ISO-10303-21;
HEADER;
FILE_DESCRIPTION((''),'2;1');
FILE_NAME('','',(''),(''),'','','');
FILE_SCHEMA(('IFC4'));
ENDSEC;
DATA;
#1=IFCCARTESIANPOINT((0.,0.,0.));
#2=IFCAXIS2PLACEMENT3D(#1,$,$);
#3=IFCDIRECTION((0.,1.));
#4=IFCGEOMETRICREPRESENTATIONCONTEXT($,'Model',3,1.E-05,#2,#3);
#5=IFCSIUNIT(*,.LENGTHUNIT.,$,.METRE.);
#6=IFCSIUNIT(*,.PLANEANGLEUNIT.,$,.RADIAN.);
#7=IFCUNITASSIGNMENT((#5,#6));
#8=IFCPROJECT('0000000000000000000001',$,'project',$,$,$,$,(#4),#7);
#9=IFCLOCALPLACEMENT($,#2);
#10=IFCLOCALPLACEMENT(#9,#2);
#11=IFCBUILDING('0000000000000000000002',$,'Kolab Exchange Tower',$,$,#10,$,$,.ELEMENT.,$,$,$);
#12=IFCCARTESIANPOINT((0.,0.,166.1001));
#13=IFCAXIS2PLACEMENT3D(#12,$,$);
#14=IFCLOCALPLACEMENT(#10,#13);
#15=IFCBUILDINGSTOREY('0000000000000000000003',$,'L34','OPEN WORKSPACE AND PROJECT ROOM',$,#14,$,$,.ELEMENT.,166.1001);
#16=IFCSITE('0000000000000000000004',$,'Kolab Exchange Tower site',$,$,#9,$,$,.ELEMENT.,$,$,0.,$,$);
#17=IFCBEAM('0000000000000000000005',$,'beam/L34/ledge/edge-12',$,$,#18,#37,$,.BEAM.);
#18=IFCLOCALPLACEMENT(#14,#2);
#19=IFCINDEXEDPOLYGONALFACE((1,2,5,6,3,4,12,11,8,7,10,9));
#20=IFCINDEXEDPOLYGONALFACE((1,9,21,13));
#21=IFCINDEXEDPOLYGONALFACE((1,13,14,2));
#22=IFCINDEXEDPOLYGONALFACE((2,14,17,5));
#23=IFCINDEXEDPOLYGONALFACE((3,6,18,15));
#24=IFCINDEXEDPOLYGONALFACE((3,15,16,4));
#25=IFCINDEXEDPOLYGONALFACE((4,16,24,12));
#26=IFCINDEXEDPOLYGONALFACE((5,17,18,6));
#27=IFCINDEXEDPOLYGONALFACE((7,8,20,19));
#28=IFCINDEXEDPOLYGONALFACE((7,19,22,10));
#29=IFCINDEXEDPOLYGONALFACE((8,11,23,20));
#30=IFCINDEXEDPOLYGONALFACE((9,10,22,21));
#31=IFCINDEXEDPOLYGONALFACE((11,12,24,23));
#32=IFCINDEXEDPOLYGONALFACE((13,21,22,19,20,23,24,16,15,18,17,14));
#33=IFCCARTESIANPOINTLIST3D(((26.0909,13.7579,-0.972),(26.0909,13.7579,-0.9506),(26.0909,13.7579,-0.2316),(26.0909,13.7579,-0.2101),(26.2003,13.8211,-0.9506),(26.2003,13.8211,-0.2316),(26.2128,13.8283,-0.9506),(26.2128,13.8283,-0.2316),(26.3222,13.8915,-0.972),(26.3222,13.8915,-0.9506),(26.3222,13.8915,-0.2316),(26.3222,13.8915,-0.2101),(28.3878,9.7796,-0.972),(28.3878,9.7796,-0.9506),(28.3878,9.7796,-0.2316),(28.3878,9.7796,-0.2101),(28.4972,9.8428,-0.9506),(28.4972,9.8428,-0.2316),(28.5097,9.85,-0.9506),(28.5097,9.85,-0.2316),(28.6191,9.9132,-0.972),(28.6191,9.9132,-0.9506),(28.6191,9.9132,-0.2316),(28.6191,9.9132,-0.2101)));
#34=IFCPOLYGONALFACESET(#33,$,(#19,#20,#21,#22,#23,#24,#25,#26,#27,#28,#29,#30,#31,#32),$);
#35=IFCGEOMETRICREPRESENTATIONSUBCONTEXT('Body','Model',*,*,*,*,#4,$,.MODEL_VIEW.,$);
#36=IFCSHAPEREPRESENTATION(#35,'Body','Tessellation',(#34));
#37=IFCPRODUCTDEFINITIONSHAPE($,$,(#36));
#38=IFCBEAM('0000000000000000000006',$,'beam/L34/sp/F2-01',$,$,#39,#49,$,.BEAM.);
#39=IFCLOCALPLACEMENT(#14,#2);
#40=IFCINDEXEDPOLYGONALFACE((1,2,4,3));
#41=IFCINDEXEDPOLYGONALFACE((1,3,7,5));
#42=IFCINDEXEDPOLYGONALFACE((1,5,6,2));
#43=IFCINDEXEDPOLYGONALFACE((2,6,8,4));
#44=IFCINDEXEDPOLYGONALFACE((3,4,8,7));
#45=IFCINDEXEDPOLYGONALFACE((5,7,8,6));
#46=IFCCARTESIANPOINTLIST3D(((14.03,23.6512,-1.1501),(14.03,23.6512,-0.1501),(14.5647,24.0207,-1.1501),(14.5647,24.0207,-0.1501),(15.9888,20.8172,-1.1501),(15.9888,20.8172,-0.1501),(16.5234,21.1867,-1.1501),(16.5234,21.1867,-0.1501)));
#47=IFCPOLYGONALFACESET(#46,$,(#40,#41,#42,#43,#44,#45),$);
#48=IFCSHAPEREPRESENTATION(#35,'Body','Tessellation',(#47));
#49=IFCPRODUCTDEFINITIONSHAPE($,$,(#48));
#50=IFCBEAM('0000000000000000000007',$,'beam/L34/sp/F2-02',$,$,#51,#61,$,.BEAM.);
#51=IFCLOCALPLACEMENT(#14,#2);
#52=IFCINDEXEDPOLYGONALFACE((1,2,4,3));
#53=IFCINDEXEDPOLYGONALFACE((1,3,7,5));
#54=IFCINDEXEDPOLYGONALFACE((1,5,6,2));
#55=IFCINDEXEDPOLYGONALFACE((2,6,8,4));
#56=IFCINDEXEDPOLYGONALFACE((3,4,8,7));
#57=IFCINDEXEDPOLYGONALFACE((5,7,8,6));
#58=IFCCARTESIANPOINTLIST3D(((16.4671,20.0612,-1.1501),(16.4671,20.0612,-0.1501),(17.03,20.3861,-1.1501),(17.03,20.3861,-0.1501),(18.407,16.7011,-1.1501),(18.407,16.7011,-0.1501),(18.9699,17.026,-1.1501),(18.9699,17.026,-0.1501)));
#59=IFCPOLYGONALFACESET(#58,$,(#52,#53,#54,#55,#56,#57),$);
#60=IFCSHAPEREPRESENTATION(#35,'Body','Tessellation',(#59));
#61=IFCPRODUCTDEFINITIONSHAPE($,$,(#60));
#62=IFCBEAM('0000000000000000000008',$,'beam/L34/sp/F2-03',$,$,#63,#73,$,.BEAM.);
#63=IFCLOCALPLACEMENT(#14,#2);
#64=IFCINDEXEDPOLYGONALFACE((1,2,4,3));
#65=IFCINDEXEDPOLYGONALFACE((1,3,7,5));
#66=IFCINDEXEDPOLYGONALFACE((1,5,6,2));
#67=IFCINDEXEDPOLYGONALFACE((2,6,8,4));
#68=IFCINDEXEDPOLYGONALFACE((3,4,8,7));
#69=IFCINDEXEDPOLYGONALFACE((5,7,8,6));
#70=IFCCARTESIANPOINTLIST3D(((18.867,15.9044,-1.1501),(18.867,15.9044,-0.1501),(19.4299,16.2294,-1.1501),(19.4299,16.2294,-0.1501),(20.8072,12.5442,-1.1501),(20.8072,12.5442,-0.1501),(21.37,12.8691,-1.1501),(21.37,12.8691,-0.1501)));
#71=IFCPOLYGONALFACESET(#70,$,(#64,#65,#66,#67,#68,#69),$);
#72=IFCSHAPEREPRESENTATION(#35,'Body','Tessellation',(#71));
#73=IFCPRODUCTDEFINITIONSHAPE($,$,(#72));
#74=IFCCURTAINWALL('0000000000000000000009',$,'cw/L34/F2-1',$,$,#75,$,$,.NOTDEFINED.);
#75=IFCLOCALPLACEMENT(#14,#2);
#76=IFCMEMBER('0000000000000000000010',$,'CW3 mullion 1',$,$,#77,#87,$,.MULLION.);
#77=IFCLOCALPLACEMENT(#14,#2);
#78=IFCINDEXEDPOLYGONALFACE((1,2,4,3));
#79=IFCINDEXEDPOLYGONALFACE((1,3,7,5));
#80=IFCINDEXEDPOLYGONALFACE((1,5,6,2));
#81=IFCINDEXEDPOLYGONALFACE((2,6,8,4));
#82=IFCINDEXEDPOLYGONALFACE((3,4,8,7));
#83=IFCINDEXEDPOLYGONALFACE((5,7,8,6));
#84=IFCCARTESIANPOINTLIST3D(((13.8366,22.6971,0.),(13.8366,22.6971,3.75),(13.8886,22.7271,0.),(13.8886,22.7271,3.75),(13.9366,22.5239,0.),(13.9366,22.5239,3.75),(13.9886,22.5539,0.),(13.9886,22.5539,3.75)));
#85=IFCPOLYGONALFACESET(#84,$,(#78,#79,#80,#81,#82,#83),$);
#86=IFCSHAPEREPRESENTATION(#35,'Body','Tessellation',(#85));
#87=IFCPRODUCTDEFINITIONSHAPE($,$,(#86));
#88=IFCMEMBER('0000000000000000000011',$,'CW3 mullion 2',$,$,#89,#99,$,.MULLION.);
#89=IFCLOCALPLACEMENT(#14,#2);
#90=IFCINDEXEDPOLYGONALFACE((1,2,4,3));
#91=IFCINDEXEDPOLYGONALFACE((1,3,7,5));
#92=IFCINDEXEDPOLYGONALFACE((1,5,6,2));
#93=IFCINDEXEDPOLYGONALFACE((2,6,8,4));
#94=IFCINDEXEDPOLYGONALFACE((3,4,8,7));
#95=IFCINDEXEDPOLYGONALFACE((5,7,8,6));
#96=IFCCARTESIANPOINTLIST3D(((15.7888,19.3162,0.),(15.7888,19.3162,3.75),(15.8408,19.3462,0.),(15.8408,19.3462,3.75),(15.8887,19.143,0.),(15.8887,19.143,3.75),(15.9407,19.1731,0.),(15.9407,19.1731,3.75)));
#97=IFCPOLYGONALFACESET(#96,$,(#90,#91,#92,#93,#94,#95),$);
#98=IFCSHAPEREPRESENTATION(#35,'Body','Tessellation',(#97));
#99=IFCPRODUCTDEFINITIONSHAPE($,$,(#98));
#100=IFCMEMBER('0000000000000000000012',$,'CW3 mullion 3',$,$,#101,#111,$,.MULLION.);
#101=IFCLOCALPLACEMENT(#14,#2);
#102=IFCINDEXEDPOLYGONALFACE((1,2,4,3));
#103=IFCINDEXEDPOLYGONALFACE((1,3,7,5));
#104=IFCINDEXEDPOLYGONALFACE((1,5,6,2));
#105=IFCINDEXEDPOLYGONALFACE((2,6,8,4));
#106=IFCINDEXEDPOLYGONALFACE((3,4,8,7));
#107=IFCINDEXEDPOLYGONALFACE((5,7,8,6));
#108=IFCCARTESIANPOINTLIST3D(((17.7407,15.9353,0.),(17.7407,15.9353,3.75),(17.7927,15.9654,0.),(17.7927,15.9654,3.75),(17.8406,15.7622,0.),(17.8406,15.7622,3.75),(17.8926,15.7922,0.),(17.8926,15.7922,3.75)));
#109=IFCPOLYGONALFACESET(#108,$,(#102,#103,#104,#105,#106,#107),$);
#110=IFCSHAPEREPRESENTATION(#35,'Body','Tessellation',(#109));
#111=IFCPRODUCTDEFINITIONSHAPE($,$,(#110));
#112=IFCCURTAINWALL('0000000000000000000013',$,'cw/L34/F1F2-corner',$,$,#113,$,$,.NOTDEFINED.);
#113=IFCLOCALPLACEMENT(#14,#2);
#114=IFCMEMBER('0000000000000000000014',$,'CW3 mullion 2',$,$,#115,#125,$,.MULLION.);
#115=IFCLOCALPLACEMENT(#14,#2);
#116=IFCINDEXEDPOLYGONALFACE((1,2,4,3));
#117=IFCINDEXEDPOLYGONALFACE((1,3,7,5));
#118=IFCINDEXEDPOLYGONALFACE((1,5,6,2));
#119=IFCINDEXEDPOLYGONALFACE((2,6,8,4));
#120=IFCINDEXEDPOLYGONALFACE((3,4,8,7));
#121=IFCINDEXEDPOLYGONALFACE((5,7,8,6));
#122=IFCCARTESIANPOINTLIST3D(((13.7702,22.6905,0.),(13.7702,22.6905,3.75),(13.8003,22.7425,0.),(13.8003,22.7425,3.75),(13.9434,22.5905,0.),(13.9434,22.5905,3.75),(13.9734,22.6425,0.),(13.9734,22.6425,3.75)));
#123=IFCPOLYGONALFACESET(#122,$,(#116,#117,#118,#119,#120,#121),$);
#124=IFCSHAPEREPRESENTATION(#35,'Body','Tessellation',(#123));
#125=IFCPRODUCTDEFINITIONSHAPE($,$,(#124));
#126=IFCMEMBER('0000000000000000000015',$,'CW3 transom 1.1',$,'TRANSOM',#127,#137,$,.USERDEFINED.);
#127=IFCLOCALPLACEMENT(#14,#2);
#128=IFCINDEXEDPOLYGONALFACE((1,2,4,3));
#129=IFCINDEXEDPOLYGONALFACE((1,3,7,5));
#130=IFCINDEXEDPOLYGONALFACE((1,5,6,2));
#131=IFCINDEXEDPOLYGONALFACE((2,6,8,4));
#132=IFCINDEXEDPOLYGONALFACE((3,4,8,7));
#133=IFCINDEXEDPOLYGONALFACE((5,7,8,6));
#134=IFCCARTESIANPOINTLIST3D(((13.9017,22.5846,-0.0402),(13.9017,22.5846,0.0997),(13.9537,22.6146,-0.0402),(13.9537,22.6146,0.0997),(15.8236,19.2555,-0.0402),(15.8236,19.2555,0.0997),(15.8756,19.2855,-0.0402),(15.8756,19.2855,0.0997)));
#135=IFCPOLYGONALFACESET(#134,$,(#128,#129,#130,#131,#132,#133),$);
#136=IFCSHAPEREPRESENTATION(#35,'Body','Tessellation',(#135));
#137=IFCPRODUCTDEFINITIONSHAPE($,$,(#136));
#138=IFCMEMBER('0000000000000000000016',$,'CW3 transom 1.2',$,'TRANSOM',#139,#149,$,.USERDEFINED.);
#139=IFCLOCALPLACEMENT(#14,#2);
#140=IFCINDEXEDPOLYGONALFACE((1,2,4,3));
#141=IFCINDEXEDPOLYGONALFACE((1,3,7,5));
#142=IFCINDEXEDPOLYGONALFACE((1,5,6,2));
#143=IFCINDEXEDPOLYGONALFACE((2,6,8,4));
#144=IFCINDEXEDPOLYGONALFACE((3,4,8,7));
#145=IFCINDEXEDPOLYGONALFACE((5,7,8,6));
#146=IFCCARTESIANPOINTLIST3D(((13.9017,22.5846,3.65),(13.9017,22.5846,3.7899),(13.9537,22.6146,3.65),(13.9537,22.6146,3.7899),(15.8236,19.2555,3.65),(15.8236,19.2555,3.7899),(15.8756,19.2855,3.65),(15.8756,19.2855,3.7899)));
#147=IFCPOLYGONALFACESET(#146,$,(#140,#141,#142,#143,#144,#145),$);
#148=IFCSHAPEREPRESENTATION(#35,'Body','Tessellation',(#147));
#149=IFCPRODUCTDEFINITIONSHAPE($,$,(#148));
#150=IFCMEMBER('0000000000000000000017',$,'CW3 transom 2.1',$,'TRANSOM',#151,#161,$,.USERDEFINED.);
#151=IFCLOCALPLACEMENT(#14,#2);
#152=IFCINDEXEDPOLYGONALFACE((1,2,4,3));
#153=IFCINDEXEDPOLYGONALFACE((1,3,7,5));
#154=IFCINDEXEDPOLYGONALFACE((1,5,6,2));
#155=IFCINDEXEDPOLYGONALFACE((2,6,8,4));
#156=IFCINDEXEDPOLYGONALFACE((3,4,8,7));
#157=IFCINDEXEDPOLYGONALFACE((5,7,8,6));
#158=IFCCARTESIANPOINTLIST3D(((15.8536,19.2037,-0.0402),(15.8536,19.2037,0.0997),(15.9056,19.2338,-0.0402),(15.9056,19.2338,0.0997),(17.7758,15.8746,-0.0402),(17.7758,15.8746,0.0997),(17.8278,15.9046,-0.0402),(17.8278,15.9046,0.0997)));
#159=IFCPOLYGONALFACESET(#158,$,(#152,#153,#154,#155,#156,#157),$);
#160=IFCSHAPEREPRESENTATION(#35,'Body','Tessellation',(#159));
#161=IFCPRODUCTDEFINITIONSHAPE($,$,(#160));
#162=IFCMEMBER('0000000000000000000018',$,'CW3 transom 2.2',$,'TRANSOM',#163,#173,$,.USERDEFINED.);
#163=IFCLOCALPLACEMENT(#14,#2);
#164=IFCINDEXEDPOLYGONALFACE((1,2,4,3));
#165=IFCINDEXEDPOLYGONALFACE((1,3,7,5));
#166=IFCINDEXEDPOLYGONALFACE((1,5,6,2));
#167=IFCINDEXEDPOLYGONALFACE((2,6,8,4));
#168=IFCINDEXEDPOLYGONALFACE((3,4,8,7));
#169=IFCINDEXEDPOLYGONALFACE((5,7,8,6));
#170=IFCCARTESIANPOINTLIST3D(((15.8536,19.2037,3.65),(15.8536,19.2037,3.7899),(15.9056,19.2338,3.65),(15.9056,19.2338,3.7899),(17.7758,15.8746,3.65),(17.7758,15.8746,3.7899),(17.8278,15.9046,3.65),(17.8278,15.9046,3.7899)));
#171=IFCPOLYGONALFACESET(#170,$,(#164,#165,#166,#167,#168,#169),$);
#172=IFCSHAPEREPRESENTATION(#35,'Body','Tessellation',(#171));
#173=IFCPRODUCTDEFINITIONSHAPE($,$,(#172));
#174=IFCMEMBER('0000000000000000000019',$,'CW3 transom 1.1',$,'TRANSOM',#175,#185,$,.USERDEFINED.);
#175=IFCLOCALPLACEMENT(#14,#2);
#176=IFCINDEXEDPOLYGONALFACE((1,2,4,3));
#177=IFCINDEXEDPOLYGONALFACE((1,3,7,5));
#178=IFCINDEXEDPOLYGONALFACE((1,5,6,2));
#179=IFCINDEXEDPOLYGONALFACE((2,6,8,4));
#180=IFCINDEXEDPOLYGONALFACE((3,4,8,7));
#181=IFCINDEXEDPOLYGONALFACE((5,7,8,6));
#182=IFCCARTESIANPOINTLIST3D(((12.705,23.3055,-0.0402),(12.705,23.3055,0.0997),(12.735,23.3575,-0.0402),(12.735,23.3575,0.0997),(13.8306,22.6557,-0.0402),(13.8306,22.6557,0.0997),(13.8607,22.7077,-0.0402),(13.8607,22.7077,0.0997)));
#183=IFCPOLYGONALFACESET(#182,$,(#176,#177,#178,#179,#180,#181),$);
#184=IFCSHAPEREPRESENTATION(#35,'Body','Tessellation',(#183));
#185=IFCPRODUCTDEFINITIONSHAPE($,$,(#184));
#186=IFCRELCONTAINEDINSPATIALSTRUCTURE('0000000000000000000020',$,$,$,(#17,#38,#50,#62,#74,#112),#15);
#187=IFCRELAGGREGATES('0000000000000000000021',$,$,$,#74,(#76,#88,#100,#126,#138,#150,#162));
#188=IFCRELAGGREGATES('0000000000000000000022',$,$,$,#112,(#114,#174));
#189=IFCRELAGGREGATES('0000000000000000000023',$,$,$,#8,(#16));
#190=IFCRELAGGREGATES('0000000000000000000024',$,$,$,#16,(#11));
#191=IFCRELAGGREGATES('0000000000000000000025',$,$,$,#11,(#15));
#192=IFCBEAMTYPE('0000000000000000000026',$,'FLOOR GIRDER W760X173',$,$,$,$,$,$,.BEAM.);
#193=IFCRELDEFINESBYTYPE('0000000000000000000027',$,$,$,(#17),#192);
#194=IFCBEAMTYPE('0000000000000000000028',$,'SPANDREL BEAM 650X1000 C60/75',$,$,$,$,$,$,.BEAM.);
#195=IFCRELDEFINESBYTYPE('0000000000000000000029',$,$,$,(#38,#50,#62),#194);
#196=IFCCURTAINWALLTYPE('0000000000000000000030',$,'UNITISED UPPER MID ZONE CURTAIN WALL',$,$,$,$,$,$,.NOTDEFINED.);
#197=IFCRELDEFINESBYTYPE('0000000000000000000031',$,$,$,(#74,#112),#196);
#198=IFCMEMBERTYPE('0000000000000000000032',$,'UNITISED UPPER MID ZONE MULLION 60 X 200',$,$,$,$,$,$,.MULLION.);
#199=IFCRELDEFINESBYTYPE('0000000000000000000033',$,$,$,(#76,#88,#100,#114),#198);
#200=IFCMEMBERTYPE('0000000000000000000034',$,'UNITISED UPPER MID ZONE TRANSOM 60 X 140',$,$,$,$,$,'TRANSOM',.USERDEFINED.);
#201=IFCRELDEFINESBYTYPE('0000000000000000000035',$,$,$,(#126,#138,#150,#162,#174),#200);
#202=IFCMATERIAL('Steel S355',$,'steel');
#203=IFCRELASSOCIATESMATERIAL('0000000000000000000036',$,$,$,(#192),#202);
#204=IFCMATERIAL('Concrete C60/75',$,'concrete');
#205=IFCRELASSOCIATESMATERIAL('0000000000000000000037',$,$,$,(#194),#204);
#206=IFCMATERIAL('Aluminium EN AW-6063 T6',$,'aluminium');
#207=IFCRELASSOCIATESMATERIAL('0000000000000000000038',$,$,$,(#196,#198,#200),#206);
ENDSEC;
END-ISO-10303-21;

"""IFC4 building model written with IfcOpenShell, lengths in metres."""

from ifc_helpers import new_model, si_unit, direction, frame, origin, origin_2d, place, context, subcontext, project, spatial, rectangle, i_section, extrude, material, material_profile, profile_set, type_object, element, aggregate, save


model = new_model("IFC4")

# Units and contexts
model_context = context("Model", 3, precision=1e-05, world=origin(), true_north=direction((0.0, 1.0)))
body_context = subcontext(model_context, "Body", "Model", "MODEL_VIEW")
ifc_project = project(units=[si_unit("LENGTHUNIT", "METRE"), si_unit("PLANEANGLEUNIT", "RADIAN")], contexts=[model_context])

# Site, building, storey
site_placement = place(None, origin())
site = spatial("IfcSite", under=ifc_project, at=site_placement, Name="Kolab Exchange Tower site", CompositionType="ELEMENT", RefElevation=0.0)
building_placement = place(site_placement, origin())
building = spatial("IfcBuilding", under=site, at=building_placement, Name="Kolab Exchange Tower", CompositionType="ELEMENT")
storey_placement = place(building_placement, frame((0.0, 0.0, 166.1001)))
storey = spatial("IfcBuildingStorey", under=building, at=storey_placement, Name="L34", Description="OPEN WORKSPACE AND PROJECT ROOM", CompositionType="ELEMENT", Elevation=166.1001)

# Shared definitions
ifc_material_1 = material(Name="Concrete C60/75", Category="concrete")

# Beams
ifc_material_2 = material(Name="Steel S355", Category="steel")
ifc_material_profile_1 = material_profile(ifc_material_2, i_section(OverallWidth=0.2671, OverallDepth=0.762, WebThickness=0.0144, FlangeThickness=0.0215, at=origin_2d()), Name="W760X173")
ifc_profile_set_1 = profile_set([ifc_material_profile_1], Name="Steel S355")
beam_type_1 = type_object("IfcBeamType", Name="FLOOR GIRDER W760X173", PredefinedType="BEAM", material=ifc_profile_set_1)
beam_1_placement = place(storey_placement, frame((26.2065, 13.8247, -0.5911), z_axis=(0.500003, -0.866024, 0.0), x_axis=(0.866024, 0.500003, 0.0)))
element("IfcBeam", 1, at=beam_1_placement, inside=storey, type_object=beam_type_1, Name="beam/L34/ledge/edge-12", PredefinedType="BEAM", context=body_context, shape_type="SweptSolid", body=[
    extrude(i_section(OverallWidth=0.2671, OverallDepth=0.762, WebThickness=0.0144, FlangeThickness=0.0215, at=origin_2d()), origin(), (0.0, 0.0, 1.0), 4.5938),
])
ifc_material_profile_2 = material_profile(ifc_material_1, rectangle(XDim=0.6499, YDim=1.0, at=origin_2d()), Name="RC650X1000")
ifc_profile_set_2 = profile_set([ifc_material_profile_2], Name="Concrete C60/75")
beam_type_2 = type_object("IfcBeamType", Name="SPANDREL BEAM 650X1000 C60/75", PredefinedType="BEAM", material=ifc_profile_set_2)
beam_2_placement = place(storey_placement, frame((14.2974, 23.8359, -0.6501), z_axis=(0.568572, -0.822633, 0.0), x_axis=(0.822633, 0.568572, 0.0)))
element("IfcBeam", 2, at=beam_2_placement, inside=storey, type_object=beam_type_2, Name="beam/L34/sp/F2-01", PredefinedType="BEAM", context=body_context, shape_type="SweptSolid", body=[
    extrude(rectangle(XDim=0.6499, YDim=1.0, at=origin_2d()), origin(), (0.0, 0.0, 1.0), 3.4451),
])
beam_3_placement = place(storey_placement, frame((16.7485, 20.2236, -0.6501), z_axis=(0.499997, -0.866027, 0.0), x_axis=(0.866027, 0.499997, 0.0)))
element("IfcBeam", 3, at=beam_3_placement, inside=storey, type_object=beam_type_2, Name="beam/L34/sp/F2-02", PredefinedType="BEAM", context=body_context, shape_type="SweptSolid", body=[
    extrude(rectangle(XDim=0.6499, YDim=1.0, at=origin_2d()), origin(), (0.0, 0.0, 1.0), 3.8799),
])
beam_4_placement = place(storey_placement, frame((19.1484, 16.0669, -0.6501), z_axis=(0.500017, -0.866016, 0.0), x_axis=(0.866016, 0.500017, 0.0)))
element("IfcBeam", 4, at=beam_4_placement, inside=storey, type_object=beam_type_2, Name="beam/L34/sp/F2-03", PredefinedType="BEAM", context=body_context, shape_type="SweptSolid", body=[
    extrude(rectangle(XDim=0.6499, YDim=1.0, at=origin_2d()), origin(), (0.0, 0.0, 1.0), 3.8801),
])

# Curtain wall, members
ifc_material_3 = material(Name="Aluminium EN AW-6063 T6", Category="aluminium")
curtain_wall_type = type_object("IfcCurtainWallType", Name="UNITISED UPPER MID ZONE CURTAIN WALL", PredefinedType="NOTDEFINED", material=ifc_material_3)
curtain_wall_1_placement = place(storey_placement, origin())
curtain_wall_1 = element("IfcCurtainWall", 5, at=curtain_wall_1_placement, inside=storey, type_object=curtain_wall_type, Name="cw/L34/F2-1", PredefinedType="NOTDEFINED")
ifc_material_profile_3 = material_profile(ifc_material_3, rectangle(XDim=0.0601, YDim=0.2, at=origin_2d()), Name="RECT 60X200")
ifc_profile_set_3 = profile_set([ifc_material_profile_3], Name="Aluminium EN AW-6063 T6")
member_type_1 = type_object("IfcMemberType", Name="UNITISED UPPER MID ZONE MULLION 60 X 200", PredefinedType="MULLION", material=ifc_profile_set_3)
member_1_placement = place(storey_placement, frame((13.9126, 22.6255, 0.0), z_axis=(0.0, 0.0, 1.0), x_axis=(0.866025, 0.5, 0.0)))
member_1 = element("IfcMember", 6, at=member_1_placement, type_object=member_type_1, Name="CW3 mullion 1", PredefinedType="MULLION", context=body_context, shape_type="SweptSolid", body=[
    extrude(rectangle(XDim=0.0601, YDim=0.2, at=origin_2d()), origin(), (0.0, 0.0, 1.0), 3.75),
])
member_2_placement = place(storey_placement, frame((15.8647, 19.2446, 0.0), z_axis=(0.0, 0.0, 1.0), x_axis=(0.866025, 0.5, 0.0)))
member_2 = element("IfcMember", 7, at=member_2_placement, type_object=member_type_1, Name="CW3 mullion 2", PredefinedType="MULLION", context=body_context, shape_type="SweptSolid", body=[
    extrude(rectangle(XDim=0.0601, YDim=0.2, at=origin_2d()), origin(), (0.0, 0.0, 1.0), 3.75),
])
member_3_placement = place(storey_placement, frame((17.8167, 15.8638, 0.0), z_axis=(0.0, 0.0, 1.0), x_axis=(0.866025, 0.5, 0.0)))
member_3 = element("IfcMember", 8, at=member_3_placement, type_object=member_type_1, Name="CW3 mullion 3", PredefinedType="MULLION", context=body_context, shape_type="SweptSolid", body=[
    extrude(rectangle(XDim=0.0601, YDim=0.2, at=origin_2d()), origin(), (0.0, 0.0, 1.0), 3.75),
])

# Curtain wall, member
curtain_wall_2_placement = place(storey_placement, origin())
curtain_wall_2 = element("IfcCurtainWall", 9, at=curtain_wall_2_placement, inside=storey, type_object=curtain_wall_type, Name="cw/L34/F1F2-corner", PredefinedType="NOTDEFINED")
member_4_placement = place(storey_placement, frame((13.8718, 22.6665, 0.0), z_axis=(0.0, 0.0, 1.0), x_axis=(0.5, 0.866025, 0.0)))
member_4 = element("IfcMember", 10, at=member_4_placement, type_object=member_type_1, Name="CW3 mullion 2", PredefinedType="MULLION", context=body_context, shape_type="SweptSolid", body=[
    extrude(rectangle(XDim=0.0601, YDim=0.2, at=origin_2d()), origin(), (0.0, 0.0, 1.0), 3.75),
])

# Members
ifc_material_profile_4 = material_profile(ifc_material_3, rectangle(XDim=0.0601, YDim=0.1399, at=origin_2d()), Name="RECT 60X140")
ifc_profile_set_4 = profile_set([ifc_material_profile_4], Name="Aluminium EN AW-6063 T6")
member_type_2 = type_object("IfcMemberType", Name="UNITISED UPPER MID ZONE TRANSOM 60 X 140", ElementType="TRANSOM", PredefinedType="USERDEFINED", material=ifc_profile_set_4)
member_5_placement = place(storey_placement, frame((13.9277, 22.5996, 0.0298), z_axis=(0.499964, -0.866046, 0.0), x_axis=(0.866046, 0.499964, 0.0)))
member_5 = element("IfcMember", 11, at=member_5_placement, type_object=member_type_2, Name="CW3 transom 1.1", ObjectType="TRANSOM", PredefinedType="USERDEFINED", context=body_context, shape_type="SweptSolid", body=[
    extrude(rectangle(XDim=0.0601, YDim=0.1399, at=origin_2d()), origin(), (0.0, 0.0, 1.0), 3.844),
])
member_6_placement = place(storey_placement, frame((13.9277, 22.5996, 3.72), z_axis=(0.499964, -0.866046, 0.0), x_axis=(0.866046, 0.499964, 0.0)))
member_6 = element("IfcMember", 12, at=member_6_placement, type_object=member_type_2, Name="CW3 transom 1.2", ObjectType="TRANSOM", PredefinedType="USERDEFINED", context=body_context, shape_type="SweptSolid", body=[
    extrude(rectangle(XDim=0.0601, YDim=0.1399, at=origin_2d()), origin(), (0.0, 0.0, 1.0), 3.844),
])
member_7_placement = place(storey_placement, frame((15.8796, 19.2188, 0.0298), z_axis=(0.500012, -0.866018, 0.0), x_axis=(0.866018, 0.500012, 0.0)))
member_7 = element("IfcMember", 13, at=member_7_placement, type_object=member_type_2, Name="CW3 transom 2.1", ObjectType="TRANSOM", PredefinedType="USERDEFINED", context=body_context, shape_type="SweptSolid", body=[
    extrude(rectangle(XDim=0.0601, YDim=0.1399, at=origin_2d()), origin(), (0.0, 0.0, 1.0), 3.8442),
])
member_8_placement = place(storey_placement, frame((15.8796, 19.2188, 3.72), z_axis=(0.500012, -0.866018, 0.0), x_axis=(0.866018, 0.500012, 0.0)))
member_8 = element("IfcMember", 14, at=member_8_placement, type_object=member_type_2, Name="CW3 transom 2.2", ObjectType="TRANSOM", PredefinedType="USERDEFINED", context=body_context, shape_type="SweptSolid", body=[
    extrude(rectangle(XDim=0.0601, YDim=0.1399, at=origin_2d()), origin(), (0.0, 0.0, 1.0), 3.8442),
])
member_9_placement = place(storey_placement, frame((12.72, 23.3315, 0.0298), z_axis=(0.866039, -0.499977, 0.0), x_axis=(0.499977, 0.866039, 0.0)))
member_9 = element("IfcMember", 15, at=member_9_placement, type_object=member_type_2, Name="CW3 transom 1.1", ObjectType="TRANSOM", PredefinedType="USERDEFINED", context=body_context, shape_type="SweptSolid", body=[
    extrude(rectangle(XDim=0.0601, YDim=0.1399, at=origin_2d()), origin(), (0.0, 0.0, 1.0), 1.2998),
])

aggregate(curtain_wall_1, [member_1, member_2, member_3, member_5, member_6, member_7, member_8])
aggregate(curtain_wall_2, [member_4, member_9])

save(model, "model.ifc")
